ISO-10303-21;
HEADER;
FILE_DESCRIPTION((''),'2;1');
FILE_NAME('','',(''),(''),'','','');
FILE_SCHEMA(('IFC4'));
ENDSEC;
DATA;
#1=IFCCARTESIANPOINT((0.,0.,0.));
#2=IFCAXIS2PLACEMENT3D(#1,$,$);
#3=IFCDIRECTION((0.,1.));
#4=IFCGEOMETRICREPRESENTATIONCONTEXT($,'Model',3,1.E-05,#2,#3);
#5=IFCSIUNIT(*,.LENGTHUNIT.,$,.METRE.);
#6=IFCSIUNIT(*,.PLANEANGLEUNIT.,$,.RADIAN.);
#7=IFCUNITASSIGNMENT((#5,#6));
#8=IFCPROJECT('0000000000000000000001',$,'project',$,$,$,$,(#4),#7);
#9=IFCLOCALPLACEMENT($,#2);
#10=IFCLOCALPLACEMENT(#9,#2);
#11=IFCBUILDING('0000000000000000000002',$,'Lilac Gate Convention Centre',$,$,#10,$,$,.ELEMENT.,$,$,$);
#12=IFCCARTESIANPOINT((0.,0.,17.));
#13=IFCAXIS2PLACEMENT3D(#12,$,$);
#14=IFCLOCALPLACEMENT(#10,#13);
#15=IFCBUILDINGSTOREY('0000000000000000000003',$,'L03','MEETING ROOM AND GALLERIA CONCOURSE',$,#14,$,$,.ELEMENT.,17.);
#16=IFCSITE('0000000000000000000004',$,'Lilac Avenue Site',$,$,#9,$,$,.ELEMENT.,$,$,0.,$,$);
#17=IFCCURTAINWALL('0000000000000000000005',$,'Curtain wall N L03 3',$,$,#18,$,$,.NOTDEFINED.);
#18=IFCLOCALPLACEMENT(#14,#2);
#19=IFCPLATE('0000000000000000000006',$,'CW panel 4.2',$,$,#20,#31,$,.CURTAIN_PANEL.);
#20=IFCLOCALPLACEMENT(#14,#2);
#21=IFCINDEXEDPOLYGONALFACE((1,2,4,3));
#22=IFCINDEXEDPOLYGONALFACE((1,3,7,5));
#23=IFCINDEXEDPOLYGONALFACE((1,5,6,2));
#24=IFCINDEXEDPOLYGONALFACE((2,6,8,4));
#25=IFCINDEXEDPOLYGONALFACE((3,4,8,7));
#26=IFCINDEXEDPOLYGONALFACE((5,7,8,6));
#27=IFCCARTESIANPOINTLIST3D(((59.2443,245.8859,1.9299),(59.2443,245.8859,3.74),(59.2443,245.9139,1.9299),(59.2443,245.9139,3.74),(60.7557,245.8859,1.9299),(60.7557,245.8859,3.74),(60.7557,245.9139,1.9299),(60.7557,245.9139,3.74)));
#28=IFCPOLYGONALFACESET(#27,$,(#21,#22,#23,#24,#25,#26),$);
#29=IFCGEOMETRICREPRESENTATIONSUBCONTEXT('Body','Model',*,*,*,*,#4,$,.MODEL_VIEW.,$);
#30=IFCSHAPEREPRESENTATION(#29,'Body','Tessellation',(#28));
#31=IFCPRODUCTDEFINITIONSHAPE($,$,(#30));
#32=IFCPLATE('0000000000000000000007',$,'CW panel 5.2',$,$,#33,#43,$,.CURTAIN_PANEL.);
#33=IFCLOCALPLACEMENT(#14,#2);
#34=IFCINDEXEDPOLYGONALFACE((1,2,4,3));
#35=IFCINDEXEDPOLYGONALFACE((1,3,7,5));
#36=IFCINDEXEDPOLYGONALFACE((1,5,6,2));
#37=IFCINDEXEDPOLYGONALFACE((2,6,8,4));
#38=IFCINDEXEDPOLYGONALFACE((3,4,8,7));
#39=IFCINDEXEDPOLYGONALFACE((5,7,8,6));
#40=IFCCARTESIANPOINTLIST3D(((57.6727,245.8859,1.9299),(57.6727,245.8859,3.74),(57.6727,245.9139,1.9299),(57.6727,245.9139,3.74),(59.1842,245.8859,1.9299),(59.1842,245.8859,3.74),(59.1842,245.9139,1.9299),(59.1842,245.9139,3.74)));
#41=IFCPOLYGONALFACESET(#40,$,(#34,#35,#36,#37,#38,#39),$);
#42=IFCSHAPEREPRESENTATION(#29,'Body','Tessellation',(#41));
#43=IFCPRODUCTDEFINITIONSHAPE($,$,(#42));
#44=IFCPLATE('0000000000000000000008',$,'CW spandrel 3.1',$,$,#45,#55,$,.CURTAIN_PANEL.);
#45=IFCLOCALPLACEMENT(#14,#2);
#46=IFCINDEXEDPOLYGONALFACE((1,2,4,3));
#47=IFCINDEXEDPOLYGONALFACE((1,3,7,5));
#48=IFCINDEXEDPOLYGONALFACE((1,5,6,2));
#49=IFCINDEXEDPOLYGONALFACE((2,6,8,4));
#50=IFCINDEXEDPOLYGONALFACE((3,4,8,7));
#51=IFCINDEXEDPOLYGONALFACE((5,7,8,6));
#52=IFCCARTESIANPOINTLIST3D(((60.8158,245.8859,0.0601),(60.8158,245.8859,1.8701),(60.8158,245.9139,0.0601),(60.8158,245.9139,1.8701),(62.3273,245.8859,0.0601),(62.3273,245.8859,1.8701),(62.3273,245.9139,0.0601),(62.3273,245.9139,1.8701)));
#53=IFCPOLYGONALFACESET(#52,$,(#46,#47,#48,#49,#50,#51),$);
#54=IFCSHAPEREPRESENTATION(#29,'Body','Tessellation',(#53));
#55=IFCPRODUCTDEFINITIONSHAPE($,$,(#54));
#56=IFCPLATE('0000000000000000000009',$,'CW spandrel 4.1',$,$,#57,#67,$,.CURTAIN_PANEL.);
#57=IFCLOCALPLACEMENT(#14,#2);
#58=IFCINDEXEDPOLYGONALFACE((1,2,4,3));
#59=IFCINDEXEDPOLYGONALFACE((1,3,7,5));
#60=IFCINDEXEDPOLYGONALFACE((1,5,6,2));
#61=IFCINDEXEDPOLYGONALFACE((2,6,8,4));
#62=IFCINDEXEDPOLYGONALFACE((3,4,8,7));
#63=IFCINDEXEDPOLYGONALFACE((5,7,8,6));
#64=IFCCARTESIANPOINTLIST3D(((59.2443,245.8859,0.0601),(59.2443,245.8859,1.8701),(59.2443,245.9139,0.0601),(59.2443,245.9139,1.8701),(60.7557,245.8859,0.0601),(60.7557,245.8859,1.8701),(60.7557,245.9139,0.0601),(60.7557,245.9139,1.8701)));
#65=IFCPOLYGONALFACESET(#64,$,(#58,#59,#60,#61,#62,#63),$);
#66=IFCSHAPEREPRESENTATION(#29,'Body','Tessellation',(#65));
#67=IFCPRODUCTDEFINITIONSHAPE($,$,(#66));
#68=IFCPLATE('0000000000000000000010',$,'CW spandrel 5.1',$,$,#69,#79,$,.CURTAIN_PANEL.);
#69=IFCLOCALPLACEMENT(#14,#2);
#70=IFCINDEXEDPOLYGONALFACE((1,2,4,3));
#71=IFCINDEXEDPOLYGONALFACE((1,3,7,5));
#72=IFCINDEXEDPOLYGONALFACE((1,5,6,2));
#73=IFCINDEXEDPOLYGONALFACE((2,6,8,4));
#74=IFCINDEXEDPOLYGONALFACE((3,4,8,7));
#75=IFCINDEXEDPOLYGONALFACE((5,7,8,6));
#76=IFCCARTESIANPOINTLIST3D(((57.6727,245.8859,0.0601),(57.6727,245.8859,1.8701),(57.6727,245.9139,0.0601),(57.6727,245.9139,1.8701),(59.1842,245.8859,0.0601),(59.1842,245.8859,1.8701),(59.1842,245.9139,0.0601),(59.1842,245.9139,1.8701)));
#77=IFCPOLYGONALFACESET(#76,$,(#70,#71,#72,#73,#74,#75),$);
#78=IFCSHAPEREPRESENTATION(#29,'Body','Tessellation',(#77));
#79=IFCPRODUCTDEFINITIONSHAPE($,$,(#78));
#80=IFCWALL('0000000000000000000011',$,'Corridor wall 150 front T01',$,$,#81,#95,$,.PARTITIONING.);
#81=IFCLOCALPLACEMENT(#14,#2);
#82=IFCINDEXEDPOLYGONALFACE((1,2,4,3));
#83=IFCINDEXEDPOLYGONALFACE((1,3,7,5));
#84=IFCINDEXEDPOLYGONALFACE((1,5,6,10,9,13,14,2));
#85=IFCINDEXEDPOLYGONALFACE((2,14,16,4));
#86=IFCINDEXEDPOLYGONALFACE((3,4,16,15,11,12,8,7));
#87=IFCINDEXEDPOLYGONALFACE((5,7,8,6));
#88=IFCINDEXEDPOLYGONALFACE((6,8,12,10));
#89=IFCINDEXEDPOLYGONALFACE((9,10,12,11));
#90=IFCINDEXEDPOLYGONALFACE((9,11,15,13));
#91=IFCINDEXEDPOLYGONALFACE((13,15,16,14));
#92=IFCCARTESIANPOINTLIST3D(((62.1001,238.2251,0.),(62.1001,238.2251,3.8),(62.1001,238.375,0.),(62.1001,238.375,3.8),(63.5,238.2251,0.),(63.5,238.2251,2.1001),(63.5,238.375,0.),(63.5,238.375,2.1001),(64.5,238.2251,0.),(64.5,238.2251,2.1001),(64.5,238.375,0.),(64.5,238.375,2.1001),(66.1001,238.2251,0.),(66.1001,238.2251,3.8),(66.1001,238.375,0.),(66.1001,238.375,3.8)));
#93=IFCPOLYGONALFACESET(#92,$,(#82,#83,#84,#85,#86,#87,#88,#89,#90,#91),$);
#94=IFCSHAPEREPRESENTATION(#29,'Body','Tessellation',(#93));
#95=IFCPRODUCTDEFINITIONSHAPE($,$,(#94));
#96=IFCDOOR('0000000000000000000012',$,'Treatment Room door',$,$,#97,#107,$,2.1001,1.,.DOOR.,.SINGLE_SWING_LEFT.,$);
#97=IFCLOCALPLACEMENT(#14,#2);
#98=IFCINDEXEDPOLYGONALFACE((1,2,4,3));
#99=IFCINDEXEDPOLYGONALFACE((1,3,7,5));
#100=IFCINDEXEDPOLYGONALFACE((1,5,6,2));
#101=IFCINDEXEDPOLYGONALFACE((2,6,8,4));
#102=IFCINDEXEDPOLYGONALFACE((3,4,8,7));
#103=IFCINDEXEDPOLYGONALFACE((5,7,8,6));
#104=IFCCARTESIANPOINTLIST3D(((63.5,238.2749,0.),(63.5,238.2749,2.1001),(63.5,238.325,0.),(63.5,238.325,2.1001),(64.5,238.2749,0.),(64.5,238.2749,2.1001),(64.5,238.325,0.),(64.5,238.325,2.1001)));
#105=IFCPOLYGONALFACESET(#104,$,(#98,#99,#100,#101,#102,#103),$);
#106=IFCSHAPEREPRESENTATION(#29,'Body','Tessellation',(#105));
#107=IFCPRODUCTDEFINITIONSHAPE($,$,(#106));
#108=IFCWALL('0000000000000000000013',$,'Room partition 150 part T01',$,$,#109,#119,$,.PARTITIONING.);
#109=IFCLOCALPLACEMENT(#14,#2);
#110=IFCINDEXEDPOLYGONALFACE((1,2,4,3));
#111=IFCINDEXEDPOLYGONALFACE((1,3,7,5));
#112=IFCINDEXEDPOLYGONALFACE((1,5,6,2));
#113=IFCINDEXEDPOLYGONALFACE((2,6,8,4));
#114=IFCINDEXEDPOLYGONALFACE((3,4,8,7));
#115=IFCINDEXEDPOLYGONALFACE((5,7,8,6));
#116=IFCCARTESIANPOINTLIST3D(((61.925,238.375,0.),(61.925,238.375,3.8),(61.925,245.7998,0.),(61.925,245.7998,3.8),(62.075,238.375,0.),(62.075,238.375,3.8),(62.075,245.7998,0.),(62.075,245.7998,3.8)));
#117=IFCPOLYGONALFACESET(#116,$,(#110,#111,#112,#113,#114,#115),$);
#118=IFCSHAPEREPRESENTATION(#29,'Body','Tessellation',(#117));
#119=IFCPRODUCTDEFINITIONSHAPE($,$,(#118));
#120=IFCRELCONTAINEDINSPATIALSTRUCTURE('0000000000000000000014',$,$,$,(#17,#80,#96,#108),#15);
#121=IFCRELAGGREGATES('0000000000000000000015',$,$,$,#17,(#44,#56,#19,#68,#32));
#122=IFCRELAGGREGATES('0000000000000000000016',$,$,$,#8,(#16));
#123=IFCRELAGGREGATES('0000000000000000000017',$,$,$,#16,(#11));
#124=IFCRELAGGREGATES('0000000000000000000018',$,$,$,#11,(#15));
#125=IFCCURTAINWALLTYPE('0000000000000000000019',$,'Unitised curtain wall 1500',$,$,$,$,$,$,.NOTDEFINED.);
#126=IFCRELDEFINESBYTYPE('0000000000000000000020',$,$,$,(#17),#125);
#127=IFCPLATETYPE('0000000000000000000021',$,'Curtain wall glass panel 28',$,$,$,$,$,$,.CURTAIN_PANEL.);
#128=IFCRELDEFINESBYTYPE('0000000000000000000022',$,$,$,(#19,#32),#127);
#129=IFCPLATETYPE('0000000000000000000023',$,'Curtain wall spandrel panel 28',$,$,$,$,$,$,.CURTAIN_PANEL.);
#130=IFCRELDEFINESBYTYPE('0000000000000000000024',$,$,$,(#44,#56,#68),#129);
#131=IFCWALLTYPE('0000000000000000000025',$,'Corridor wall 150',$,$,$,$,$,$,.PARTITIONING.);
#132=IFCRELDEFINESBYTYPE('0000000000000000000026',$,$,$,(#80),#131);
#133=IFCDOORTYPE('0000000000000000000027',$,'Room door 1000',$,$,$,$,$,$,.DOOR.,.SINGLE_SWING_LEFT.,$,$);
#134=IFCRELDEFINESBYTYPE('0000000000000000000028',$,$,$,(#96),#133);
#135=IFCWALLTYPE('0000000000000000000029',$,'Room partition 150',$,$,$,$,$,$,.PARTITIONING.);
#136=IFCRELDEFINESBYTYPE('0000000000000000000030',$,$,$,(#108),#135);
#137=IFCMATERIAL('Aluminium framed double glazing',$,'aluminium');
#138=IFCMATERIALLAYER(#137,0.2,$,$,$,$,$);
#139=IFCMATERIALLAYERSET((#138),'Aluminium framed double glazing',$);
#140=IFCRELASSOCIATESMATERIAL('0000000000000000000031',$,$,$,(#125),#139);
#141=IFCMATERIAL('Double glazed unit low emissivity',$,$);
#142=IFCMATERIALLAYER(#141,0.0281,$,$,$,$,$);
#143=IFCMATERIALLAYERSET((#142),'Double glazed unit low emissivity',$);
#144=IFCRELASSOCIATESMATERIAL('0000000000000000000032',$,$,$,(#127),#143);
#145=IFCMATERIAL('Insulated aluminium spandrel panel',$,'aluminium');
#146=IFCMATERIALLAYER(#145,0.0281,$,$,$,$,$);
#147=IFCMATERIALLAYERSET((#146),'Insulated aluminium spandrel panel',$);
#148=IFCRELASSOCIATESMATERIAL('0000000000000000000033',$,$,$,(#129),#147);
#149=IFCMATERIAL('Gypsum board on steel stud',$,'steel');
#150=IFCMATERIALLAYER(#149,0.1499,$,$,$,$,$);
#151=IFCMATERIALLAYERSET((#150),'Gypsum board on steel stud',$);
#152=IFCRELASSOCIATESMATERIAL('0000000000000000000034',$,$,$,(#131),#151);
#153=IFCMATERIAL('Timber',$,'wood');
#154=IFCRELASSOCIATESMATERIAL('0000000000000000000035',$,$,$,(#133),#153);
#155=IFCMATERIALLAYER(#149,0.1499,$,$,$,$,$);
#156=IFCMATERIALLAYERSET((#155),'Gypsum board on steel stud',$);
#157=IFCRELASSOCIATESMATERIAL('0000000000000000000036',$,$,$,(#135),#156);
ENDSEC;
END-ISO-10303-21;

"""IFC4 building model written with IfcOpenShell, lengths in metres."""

from ifc_helpers import new_model, si_unit, direction, frame, frame_2d, origin, origin_2d, place, context, subcontext, project, spatial, rectangle, extrude, material, layer, layer_set, type_object, element, fill, aggregate, save


model = new_model("IFC4")

# Units and contexts
model_context = context("Model", 3, precision=1e-05, world=origin(), true_north=direction((0.0, 1.0)))
body_context = subcontext(model_context, "Body", "Model", "MODEL_VIEW")
ifc_project = project(units=[si_unit("LENGTHUNIT", "METRE"), si_unit("PLANEANGLEUNIT", "RADIAN")], contexts=[model_context])

# Site, building, storey
site_placement = place(None, origin())
site = spatial("IfcSite", under=ifc_project, at=site_placement, Name="Lilac Avenue Site", CompositionType="ELEMENT", RefElevation=0.0)
building_placement = place(site_placement, origin())
building = spatial("IfcBuilding", under=site, at=building_placement, Name="Lilac Gate Convention Centre", CompositionType="ELEMENT")
storey_placement = place(building_placement, frame((0.0, 0.0, 17.0)))
storey = spatial("IfcBuildingStorey", under=building, at=storey_placement, Name="L03", Description="MEETING ROOM AND GALLERIA CONCOURSE", CompositionType="ELEMENT", Elevation=17.0)

# Curtain wall, plates
ifc_material_1 = material(Name="Aluminium framed double glazing", Category="aluminium")
ifc_layer_1 = layer(ifc_material_1, 0.2)
ifc_layer_set_1 = layer_set([ifc_layer_1], Name="Aluminium framed double glazing")
curtain_wall_type = type_object("IfcCurtainWallType", Name="Unitised curtain wall 1500", PredefinedType="NOTDEFINED", material=ifc_layer_set_1)
curtain_wall_placement = place(storey_placement, origin())
curtain_wall = element("IfcCurtainWall", 1, at=curtain_wall_placement, inside=storey, type_object=curtain_wall_type, Name="Curtain wall N L03 3", PredefinedType="NOTDEFINED")
ifc_material_2 = material(Name="Double glazed unit low emissivity")
ifc_layer_2 = layer(ifc_material_2, 0.0281)
ifc_layer_set_2 = layer_set([ifc_layer_2], Name="Double glazed unit low emissivity")
plate_type_1 = type_object("IfcPlateType", Name="Curtain wall glass panel 28", PredefinedType="CURTAIN_PANEL", material=ifc_layer_set_2)
plate_1_placement = place(storey_placement, frame((60.0, 245.8999, 1.9299), z_axis=(0.0, 0.0, 1.0), x_axis=(-1.0, 0.0, 0.0)))
plate_1 = element("IfcPlate", 2, at=plate_1_placement, type_object=plate_type_1, Name="CW panel 4.2", PredefinedType="CURTAIN_PANEL", context=body_context, shape_type="SweptSolid", body=[
    extrude(rectangle(XDim=1.5115, YDim=0.0281, at=origin_2d()), origin(), (0.0, 0.0, 1.0), 1.8101),
])
plate_2_placement = place(storey_placement, frame((58.4285, 245.8999, 1.9299), z_axis=(0.0, 0.0, 1.0), x_axis=(-1.0, 0.0, 0.0)))
plate_2 = element("IfcPlate", 3, at=plate_2_placement, type_object=plate_type_1, Name="CW panel 5.2", PredefinedType="CURTAIN_PANEL", context=body_context, shape_type="SweptSolid", body=[
    extrude(rectangle(XDim=1.5115, YDim=0.0281, at=origin_2d()), origin(), (0.0, 0.0, 1.0), 1.8101),
])
ifc_material_3 = material(Name="Insulated aluminium spandrel panel", Category="aluminium")
ifc_layer_3 = layer(ifc_material_3, 0.0281)
ifc_layer_set_3 = layer_set([ifc_layer_3], Name="Insulated aluminium spandrel panel")
plate_type_2 = type_object("IfcPlateType", Name="Curtain wall spandrel panel 28", PredefinedType="CURTAIN_PANEL", material=ifc_layer_set_3)
plate_3_placement = place(storey_placement, frame((61.5715, 245.8999, 0.0601), z_axis=(0.0, 0.0, 1.0), x_axis=(-1.0, 0.0, 0.0)))
plate_3 = element("IfcPlate", 4, at=plate_3_placement, type_object=plate_type_2, Name="CW spandrel 3.1", PredefinedType="CURTAIN_PANEL", context=body_context, shape_type="SweptSolid", body=[
    extrude(rectangle(XDim=1.5115, YDim=0.0281, at=origin_2d()), origin(), (0.0, 0.0, 1.0), 1.8101),
])
plate_4_placement = place(storey_placement, frame((60.0, 245.8999, 0.0601), z_axis=(0.0, 0.0, 1.0), x_axis=(-1.0, 0.0, 0.0)))
plate_4 = element("IfcPlate", 5, at=plate_4_placement, type_object=plate_type_2, Name="CW spandrel 4.1", PredefinedType="CURTAIN_PANEL", context=body_context, shape_type="SweptSolid", body=[
    extrude(rectangle(XDim=1.5115, YDim=0.0281, at=origin_2d()), origin(), (0.0, 0.0, 1.0), 1.8101),
])
plate_5_placement = place(storey_placement, frame((58.4285, 245.8999, 0.0601), z_axis=(0.0, 0.0, 1.0), x_axis=(-1.0, 0.0, 0.0)))
plate_5 = element("IfcPlate", 6, at=plate_5_placement, type_object=plate_type_2, Name="CW spandrel 5.1", PredefinedType="CURTAIN_PANEL", context=body_context, shape_type="SweptSolid", body=[
    extrude(rectangle(XDim=1.5115, YDim=0.0281, at=origin_2d()), origin(), (0.0, 0.0, 1.0), 1.8101),
])
aggregate(curtain_wall, [plate_3, plate_4, plate_1, plate_5, plate_2])

# Wall, opening, door
ifc_material_4 = material(Name="Gypsum board on steel stud", Category="steel")
ifc_layer_4 = layer(ifc_material_4, 0.1499)
ifc_layer_set_4 = layer_set([ifc_layer_4], Name="Gypsum board on steel stud")
wall_type_1 = type_object("IfcWallType", Name="Corridor wall 150", PredefinedType="PARTITIONING", material=ifc_layer_set_4)
wall_1_placement = place(storey_placement, frame((62.1001, 238.3, 0.0), z_axis=(0.0, 0.0, 1.0), x_axis=(1.0, 0.0, 0.0)))
wall_1 = element("IfcWall", 7, at=wall_1_placement, inside=storey, type_object=wall_type_1, Name="Corridor wall 150 front T01", PredefinedType="PARTITIONING", context=body_context, shape_type="SweptSolid", body=[
    extrude(rectangle(XDim=4.0, YDim=0.1499, at=frame_2d((2.0, 0.0))), origin(), (0.0, 0.0, 1.0), 3.8),
])
opening_placement = place(wall_1_placement, frame((1.3999, 0.0, 0.0)))
opening = element("IfcOpeningElement", 8, at=opening_placement, cuts=wall_1, PredefinedType="OPENING", context=body_context, shape_type="SweptSolid", body=[
    extrude(rectangle(XDim=1.0, YDim=2.1001, at=frame_2d((0.5, 1.05))), frame((0.0, 0.085, 0.0), z_axis=(0.0, -1.0, 0.0), x_axis=(1.0, 0.0, 0.0)), (0.0, 0.0, 1.0), 0.1699),
])
ifc_material_5 = material(Name="Timber", Category="wood")
door_type = type_object("IfcDoorType", Name="Room door 1000", OperationType="SINGLE_SWING_LEFT", PredefinedType="DOOR", material=ifc_material_5)
door_placement = place(opening_placement, origin())
door = element("IfcDoor", 9, at=door_placement, inside=storey, type_object=door_type, Name="Treatment Room door", OperationType="SINGLE_SWING_LEFT", OverallHeight=2.1001, OverallWidth=1.0, PredefinedType="DOOR", context=body_context, shape_type="SweptSolid", body=[
    extrude(rectangle(XDim=1.0, YDim=2.1001, at=frame_2d((0.5, 1.05))), frame((0.0, 0.0249, 0.0), z_axis=(0.0, -1.0, 0.0), x_axis=(1.0, 0.0, 0.0)), (0.0, 0.0, 1.0), 0.05),
])
fill(opening, door)

# Wall
ifc_layer_5 = layer(ifc_material_4, 0.1499)
ifc_layer_set_5 = layer_set([ifc_layer_5], Name="Gypsum board on steel stud")
wall_type_2 = type_object("IfcWallType", Name="Room partition 150", PredefinedType="PARTITIONING", material=ifc_layer_set_5)
wall_2_placement = place(storey_placement, frame((62.0, 245.7998, 0.0), z_axis=(0.0, 0.0, 1.0), x_axis=(0.0, -1.0, 0.0)))
element("IfcWall", 10, at=wall_2_placement, inside=storey, type_object=wall_type_2, Name="Room partition 150 part T01", PredefinedType="PARTITIONING", context=body_context, shape_type="SweptSolid", body=[
    extrude(rectangle(XDim=7.4248, YDim=0.1499, at=frame_2d((3.7124, 0.0))), origin(), (0.0, 0.0, 1.0), 3.8),
])

save(model, "model.ifc")
